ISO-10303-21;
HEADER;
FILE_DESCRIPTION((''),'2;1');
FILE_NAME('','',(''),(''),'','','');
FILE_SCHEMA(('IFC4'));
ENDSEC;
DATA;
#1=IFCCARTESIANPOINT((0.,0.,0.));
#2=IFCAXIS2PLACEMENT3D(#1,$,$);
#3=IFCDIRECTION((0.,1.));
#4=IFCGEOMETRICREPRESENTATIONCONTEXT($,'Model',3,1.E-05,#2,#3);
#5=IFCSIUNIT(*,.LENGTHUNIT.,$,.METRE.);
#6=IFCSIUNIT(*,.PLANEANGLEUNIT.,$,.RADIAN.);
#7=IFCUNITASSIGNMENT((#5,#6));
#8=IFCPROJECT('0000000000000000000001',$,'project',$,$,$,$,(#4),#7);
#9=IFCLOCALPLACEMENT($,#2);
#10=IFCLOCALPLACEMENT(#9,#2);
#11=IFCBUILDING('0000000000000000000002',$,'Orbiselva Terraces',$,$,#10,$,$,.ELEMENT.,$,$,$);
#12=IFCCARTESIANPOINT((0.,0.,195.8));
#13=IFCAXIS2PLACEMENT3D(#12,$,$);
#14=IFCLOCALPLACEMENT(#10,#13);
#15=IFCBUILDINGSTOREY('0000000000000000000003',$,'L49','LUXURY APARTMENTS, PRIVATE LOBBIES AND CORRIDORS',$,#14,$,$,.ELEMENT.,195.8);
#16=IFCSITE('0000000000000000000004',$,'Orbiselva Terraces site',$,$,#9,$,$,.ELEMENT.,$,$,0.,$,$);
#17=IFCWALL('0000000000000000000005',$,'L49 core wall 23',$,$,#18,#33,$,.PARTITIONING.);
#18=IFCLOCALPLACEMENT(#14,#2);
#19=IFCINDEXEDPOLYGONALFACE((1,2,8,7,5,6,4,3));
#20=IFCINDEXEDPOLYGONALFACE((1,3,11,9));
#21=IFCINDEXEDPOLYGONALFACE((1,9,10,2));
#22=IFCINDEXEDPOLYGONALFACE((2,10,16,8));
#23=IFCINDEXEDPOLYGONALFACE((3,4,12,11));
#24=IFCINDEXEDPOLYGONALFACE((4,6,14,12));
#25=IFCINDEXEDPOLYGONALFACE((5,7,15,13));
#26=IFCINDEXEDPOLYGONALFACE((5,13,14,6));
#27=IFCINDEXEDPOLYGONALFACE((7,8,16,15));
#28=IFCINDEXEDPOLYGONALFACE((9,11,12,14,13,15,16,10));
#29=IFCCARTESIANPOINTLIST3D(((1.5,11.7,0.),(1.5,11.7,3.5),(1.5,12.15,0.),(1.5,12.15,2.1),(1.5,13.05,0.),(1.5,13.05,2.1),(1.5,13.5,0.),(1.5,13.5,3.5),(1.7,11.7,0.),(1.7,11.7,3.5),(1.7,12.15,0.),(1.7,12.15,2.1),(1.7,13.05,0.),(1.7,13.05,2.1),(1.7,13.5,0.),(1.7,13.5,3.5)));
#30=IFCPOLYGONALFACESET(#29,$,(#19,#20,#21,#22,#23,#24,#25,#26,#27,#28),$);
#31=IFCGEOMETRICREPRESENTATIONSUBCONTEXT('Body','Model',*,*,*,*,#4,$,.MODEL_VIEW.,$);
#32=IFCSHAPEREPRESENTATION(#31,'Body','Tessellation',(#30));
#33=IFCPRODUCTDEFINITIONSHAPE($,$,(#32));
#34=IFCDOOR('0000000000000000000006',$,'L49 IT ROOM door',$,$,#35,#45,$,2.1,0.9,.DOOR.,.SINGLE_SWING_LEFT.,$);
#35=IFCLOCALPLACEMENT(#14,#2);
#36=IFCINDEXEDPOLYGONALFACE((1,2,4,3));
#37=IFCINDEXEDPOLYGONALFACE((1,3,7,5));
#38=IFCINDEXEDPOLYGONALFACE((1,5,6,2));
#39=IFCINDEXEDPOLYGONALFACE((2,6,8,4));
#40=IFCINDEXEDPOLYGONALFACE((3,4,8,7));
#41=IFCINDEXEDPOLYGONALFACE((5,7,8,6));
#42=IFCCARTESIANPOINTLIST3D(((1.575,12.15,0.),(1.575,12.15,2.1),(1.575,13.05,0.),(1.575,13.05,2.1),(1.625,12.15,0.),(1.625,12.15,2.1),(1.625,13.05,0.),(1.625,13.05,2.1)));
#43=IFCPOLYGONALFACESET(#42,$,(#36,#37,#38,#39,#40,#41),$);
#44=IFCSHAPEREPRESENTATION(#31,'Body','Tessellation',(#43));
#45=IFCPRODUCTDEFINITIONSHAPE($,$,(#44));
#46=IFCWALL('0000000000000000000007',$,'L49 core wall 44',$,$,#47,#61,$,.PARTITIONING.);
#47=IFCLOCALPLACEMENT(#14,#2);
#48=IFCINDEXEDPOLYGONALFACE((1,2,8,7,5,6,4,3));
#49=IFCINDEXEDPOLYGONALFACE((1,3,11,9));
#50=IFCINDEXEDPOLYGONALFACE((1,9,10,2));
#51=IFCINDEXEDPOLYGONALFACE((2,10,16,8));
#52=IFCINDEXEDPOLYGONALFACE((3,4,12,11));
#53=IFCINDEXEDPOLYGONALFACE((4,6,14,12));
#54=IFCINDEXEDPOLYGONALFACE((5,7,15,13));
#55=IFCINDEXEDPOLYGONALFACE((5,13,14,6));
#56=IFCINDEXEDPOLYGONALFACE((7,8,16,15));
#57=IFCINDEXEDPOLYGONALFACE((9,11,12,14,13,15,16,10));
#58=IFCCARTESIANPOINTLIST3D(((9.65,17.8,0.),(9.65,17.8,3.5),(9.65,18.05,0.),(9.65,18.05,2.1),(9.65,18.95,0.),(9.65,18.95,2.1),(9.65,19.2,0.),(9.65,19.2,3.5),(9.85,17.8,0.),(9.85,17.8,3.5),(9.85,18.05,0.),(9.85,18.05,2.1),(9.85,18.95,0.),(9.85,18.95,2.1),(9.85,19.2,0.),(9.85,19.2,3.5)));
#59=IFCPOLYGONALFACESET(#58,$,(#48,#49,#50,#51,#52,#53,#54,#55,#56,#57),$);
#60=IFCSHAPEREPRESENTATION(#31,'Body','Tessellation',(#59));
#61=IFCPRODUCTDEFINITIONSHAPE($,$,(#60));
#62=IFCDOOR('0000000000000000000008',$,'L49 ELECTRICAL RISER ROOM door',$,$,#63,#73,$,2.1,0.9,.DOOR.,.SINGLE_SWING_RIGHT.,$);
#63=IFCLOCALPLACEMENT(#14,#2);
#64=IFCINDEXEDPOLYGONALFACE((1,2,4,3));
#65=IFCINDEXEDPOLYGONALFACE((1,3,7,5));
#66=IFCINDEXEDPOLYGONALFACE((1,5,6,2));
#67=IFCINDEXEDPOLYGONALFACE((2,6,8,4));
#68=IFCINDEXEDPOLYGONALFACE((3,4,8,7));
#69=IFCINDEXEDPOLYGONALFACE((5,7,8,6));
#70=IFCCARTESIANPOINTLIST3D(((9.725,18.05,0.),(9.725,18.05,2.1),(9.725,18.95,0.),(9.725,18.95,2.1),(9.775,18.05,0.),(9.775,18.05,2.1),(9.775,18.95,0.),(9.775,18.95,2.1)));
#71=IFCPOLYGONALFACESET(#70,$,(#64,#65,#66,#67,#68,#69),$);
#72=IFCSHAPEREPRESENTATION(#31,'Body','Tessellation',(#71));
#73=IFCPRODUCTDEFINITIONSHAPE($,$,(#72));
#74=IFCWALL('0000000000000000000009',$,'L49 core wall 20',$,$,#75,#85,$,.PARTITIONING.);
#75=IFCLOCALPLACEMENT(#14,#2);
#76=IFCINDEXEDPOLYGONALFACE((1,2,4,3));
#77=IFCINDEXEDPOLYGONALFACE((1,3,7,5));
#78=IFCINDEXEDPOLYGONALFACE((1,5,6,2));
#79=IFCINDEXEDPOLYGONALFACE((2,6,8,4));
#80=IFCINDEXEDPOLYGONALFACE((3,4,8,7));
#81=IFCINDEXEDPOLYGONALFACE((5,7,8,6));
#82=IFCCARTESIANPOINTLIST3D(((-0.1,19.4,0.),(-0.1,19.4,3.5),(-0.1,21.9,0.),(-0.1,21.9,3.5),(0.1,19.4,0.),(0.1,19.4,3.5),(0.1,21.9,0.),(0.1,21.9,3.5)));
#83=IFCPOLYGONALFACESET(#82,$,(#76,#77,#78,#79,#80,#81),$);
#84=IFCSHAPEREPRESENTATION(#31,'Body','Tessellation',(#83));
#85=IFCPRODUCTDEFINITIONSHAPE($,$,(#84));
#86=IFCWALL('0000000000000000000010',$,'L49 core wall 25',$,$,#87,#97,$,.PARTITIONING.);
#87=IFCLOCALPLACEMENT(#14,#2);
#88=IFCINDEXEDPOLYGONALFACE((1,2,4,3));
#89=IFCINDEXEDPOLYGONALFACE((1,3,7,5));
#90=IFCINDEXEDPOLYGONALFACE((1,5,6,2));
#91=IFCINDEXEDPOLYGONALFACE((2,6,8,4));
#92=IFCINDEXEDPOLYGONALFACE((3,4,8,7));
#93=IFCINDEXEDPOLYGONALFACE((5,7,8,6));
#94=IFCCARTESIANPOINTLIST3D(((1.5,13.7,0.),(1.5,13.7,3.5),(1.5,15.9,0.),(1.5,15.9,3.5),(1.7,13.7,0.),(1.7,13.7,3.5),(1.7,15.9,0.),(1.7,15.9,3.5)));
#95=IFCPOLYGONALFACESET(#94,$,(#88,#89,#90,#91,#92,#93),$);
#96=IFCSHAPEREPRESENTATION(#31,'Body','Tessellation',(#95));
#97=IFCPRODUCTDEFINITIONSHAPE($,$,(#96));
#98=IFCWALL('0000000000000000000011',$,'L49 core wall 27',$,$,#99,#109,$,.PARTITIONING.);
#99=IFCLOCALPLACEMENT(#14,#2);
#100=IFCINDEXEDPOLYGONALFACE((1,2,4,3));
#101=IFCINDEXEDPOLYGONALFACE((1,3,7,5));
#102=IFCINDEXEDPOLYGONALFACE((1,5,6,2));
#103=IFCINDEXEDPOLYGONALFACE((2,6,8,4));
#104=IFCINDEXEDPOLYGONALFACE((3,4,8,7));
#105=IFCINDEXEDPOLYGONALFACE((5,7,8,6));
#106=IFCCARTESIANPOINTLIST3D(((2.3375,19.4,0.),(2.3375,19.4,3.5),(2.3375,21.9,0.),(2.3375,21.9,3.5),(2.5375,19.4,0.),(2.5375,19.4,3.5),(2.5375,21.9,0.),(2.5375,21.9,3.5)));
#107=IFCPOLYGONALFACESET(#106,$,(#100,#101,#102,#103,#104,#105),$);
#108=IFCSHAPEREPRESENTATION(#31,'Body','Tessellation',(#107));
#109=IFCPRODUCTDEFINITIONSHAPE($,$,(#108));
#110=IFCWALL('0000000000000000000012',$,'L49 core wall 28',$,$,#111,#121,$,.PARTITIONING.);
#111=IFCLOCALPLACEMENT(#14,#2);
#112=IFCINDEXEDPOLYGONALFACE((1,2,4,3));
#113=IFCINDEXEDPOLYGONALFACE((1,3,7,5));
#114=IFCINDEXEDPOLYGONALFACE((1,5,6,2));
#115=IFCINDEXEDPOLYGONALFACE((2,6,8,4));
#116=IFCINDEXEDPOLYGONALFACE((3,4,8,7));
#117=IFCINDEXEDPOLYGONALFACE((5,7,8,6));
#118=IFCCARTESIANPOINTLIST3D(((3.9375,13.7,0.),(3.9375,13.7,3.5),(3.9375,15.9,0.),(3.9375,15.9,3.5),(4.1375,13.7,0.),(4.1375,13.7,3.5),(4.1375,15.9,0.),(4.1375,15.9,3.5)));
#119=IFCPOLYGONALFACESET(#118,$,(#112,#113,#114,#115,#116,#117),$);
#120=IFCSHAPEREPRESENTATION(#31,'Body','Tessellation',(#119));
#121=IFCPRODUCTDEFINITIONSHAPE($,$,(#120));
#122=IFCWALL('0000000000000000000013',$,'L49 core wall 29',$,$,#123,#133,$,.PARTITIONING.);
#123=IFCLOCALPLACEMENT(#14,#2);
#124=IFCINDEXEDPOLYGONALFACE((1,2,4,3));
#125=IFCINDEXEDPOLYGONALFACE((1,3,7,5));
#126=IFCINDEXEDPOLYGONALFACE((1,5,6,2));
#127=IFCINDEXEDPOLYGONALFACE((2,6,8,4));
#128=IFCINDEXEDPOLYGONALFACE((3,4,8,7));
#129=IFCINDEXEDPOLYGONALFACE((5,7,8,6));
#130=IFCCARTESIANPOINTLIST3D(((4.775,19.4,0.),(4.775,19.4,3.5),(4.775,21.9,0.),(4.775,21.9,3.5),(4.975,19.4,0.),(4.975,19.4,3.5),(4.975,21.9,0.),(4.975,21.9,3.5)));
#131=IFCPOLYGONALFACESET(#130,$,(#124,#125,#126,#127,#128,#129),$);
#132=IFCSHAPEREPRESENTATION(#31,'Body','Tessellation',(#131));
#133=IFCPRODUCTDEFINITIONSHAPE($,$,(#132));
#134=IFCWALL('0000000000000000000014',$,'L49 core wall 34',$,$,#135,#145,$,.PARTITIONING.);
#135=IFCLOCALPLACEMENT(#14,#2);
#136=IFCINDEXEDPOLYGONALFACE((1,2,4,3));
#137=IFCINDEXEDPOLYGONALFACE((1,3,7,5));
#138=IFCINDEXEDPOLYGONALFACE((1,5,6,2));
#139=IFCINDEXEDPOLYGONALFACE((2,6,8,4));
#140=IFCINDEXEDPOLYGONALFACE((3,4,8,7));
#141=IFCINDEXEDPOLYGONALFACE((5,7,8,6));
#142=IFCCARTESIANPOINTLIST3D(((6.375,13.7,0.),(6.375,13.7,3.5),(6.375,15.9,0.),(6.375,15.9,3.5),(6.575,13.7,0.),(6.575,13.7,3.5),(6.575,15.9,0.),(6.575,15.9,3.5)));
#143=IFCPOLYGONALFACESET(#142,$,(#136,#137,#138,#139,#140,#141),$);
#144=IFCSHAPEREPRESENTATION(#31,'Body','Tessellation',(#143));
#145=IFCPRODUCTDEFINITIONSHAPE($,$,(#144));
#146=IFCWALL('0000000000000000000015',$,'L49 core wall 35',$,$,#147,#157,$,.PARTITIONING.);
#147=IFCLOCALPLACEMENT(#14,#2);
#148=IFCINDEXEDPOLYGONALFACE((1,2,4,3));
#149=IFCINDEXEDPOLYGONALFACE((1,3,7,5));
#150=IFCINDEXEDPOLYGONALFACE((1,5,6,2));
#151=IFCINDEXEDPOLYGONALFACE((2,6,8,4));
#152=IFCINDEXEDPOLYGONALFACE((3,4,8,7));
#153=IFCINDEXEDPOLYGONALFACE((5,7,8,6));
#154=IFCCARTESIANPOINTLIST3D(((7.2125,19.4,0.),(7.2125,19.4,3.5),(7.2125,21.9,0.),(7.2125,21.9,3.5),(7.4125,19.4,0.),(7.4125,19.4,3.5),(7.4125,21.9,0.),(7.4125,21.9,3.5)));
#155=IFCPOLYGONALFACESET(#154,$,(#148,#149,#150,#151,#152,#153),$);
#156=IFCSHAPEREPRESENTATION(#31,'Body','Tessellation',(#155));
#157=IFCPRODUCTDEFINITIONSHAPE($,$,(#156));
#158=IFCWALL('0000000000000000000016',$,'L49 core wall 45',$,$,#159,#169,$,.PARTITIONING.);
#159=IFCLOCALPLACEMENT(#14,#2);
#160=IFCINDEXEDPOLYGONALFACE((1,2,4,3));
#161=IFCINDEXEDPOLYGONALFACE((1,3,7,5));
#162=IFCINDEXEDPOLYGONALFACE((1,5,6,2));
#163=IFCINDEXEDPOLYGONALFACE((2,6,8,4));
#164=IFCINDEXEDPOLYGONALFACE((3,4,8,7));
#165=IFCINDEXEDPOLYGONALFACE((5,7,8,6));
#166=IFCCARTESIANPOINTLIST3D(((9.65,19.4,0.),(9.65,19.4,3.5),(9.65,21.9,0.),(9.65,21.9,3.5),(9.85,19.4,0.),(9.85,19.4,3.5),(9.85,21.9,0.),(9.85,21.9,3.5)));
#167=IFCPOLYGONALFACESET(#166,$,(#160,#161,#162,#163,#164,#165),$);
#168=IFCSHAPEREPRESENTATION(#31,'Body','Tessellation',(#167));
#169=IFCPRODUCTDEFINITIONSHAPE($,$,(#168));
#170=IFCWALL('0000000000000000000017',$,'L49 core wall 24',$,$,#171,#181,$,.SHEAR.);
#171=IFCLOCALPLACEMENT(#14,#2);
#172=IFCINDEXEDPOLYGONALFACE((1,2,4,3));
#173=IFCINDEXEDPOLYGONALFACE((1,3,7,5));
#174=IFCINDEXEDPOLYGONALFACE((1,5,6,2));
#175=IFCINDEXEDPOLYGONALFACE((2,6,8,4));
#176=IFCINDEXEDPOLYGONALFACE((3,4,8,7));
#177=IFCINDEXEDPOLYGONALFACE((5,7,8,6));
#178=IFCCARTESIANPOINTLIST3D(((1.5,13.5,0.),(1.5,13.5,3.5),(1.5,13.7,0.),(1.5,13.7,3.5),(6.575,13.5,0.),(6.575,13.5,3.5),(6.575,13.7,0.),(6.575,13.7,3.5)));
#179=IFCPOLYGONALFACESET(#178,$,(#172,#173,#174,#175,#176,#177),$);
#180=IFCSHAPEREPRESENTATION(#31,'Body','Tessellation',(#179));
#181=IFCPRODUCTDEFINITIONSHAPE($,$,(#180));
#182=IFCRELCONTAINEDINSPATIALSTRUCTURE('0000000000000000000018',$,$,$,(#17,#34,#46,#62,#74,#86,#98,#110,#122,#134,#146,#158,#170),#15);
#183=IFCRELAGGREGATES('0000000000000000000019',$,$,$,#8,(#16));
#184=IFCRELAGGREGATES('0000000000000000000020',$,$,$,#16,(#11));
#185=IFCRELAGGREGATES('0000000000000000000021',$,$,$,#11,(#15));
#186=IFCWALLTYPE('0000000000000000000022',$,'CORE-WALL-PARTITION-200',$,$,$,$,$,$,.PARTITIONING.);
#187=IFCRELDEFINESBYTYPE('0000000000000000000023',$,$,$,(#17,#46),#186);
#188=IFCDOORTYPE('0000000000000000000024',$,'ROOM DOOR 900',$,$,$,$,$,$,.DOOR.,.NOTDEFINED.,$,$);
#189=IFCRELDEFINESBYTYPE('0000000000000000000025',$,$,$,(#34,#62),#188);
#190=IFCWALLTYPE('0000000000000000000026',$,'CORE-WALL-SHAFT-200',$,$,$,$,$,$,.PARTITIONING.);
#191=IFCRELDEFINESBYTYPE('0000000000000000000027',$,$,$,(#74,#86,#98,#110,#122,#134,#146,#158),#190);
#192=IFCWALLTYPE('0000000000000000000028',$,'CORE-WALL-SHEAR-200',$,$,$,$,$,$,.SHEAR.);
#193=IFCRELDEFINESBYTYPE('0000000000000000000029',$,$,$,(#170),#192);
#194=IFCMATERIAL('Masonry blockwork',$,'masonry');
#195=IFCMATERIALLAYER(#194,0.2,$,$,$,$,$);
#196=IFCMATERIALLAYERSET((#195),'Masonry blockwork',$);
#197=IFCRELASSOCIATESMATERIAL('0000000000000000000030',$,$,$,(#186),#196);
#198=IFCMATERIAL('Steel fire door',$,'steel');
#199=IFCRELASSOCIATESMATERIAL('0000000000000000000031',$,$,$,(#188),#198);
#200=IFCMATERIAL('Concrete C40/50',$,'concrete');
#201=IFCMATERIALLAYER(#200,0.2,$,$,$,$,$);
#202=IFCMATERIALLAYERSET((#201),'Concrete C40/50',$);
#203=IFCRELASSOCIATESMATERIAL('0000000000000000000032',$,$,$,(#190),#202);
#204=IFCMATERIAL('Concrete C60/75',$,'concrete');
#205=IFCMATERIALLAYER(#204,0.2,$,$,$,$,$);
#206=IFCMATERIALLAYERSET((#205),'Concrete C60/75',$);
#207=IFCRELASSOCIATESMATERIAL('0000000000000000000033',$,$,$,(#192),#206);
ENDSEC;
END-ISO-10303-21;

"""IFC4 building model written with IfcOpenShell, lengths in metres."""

from ifc_helpers import new_model, si_unit, direction, frame, frame_2d, origin, place, context, subcontext, project, spatial, rectangle, extrude, material, layer, layer_set, type_object, element, fill, save


model = new_model("IFC4")

# Units and contexts
model_context = context("Model", 3, precision=1e-05, world=origin(), true_north=direction((0.0, 1.0)))
body_context = subcontext(model_context, "Body", "Model", "MODEL_VIEW")
ifc_project = project(units=[si_unit("LENGTHUNIT", "METRE"), si_unit("PLANEANGLEUNIT", "RADIAN")], contexts=[model_context])

# Site, building, storey
site_placement = place(None, origin())
site = spatial("IfcSite", under=ifc_project, at=site_placement, Name="Orbiselva Terraces site", CompositionType="ELEMENT", RefElevation=0.0)
building_placement = place(site_placement, origin())
building = spatial("IfcBuilding", under=site, at=building_placement, Name="Orbiselva Terraces", CompositionType="ELEMENT")
storey_placement = place(building_placement, frame((0.0, 0.0, 195.8)))
storey = spatial("IfcBuildingStorey", under=building, at=storey_placement, Name="L49", Description="LUXURY APARTMENTS, PRIVATE LOBBIES AND CORRIDORS", CompositionType="ELEMENT", Elevation=195.8)

# Walls, openings, doors
ifc_material_1 = material(Name="Masonry blockwork", Category="masonry")
ifc_layer_1 = layer(ifc_material_1, 0.2)
ifc_layer_set_1 = layer_set([ifc_layer_1], Name="Masonry blockwork")
wall_type_1 = type_object("IfcWallType", Name="CORE-WALL-PARTITION-200", PredefinedType="PARTITIONING", material=ifc_layer_set_1)
wall_1_placement = place(storey_placement, frame((1.6, 13.5, 0.0), z_axis=(0.0, 0.0, 1.0), x_axis=(0.0, -1.0, 0.0)))
wall_1 = element("IfcWall", 1, at=wall_1_placement, inside=storey, type_object=wall_type_1, Name="L49 core wall 23", PredefinedType="PARTITIONING", context=body_context, shape_type="SweptSolid", body=[
    extrude(rectangle(XDim=1.8, YDim=0.2, at=frame_2d((0.9, 0.0))), origin(), (0.0, 0.0, 1.0), 3.5),
])
opening_1_placement = place(wall_1_placement, frame((0.45, 0.0, 0.0)))
opening_1 = element("IfcOpeningElement", 2, at=opening_1_placement, cuts=wall_1, PredefinedType="OPENING", context=body_context, shape_type="SweptSolid", body=[
    extrude(rectangle(XDim=0.9, YDim=2.1, at=frame_2d((0.45, 1.05))), frame((0.0, 0.11, 0.0), z_axis=(0.0, -1.0, 0.0), x_axis=(1.0, 0.0, 0.0)), (0.0, 0.0, 1.0), 0.22),
])
ifc_material_2 = material(Name="Steel fire door", Category="steel")
door_type_1 = type_object("IfcDoorType", Name="ROOM DOOR 900", OperationType="NOTDEFINED", PredefinedType="DOOR", material=ifc_material_2)
door_1_placement = place(opening_1_placement, origin())
door_1 = element("IfcDoor", 3, at=door_1_placement, inside=storey, type_object=door_type_1, Name="L49 IT ROOM door", OperationType="SINGLE_SWING_LEFT", OverallHeight=2.1, OverallWidth=0.9, PredefinedType="DOOR", context=body_context, shape_type="SweptSolid", body=[
    extrude(rectangle(XDim=0.9, YDim=2.1, at=frame_2d((0.45, 1.05))), frame((0.0, 0.025, 0.0), z_axis=(0.0, -1.0, 0.0), x_axis=(1.0, 0.0, 0.0)), (0.0, 0.0, 1.0), 0.05),
])
fill(opening_1, door_1)
wall_2_placement = place(storey_placement, frame((9.75, 19.2, 0.0), z_axis=(0.0, 0.0, 1.0), x_axis=(0.0, -1.0, 0.0)))
wall_2 = element("IfcWall", 4, at=wall_2_placement, inside=storey, type_object=wall_type_1, Name="L49 core wall 44", PredefinedType="PARTITIONING", context=body_context, shape_type="SweptSolid", body=[
    extrude(rectangle(XDim=1.4, YDim=0.2, at=frame_2d((0.7, 0.0))), origin(), (0.0, 0.0, 1.0), 3.5),
])
opening_2_placement = place(wall_2_placement, frame((0.25, 0.0, 0.0)))
opening_2 = element("IfcOpeningElement", 5, at=opening_2_placement, cuts=wall_2, PredefinedType="OPENING", context=body_context, shape_type="SweptSolid", body=[
    extrude(rectangle(XDim=0.9, YDim=2.1, at=frame_2d((0.45, 1.05))), frame((0.0, 0.11, 0.0), z_axis=(0.0, -1.0, 0.0), x_axis=(1.0, 0.0, 0.0)), (0.0, 0.0, 1.0), 0.22),
])
door_2_placement = place(opening_2_placement, origin())
door_2 = element("IfcDoor", 6, at=door_2_placement, inside=storey, type_object=door_type_1, Name="L49 ELECTRICAL RISER ROOM door", OperationType="SINGLE_SWING_RIGHT", OverallHeight=2.1, OverallWidth=0.9, PredefinedType="DOOR", context=body_context, shape_type="SweptSolid", body=[
    extrude(rectangle(XDim=0.9, YDim=2.1, at=frame_2d((0.45, 1.05))), frame((0.0, 0.025, 0.0), z_axis=(0.0, -1.0, 0.0), x_axis=(1.0, 0.0, 0.0)), (0.0, 0.0, 1.0), 0.05),
])
fill(opening_2, door_2)

# Walls
ifc_material_3 = material(Name="Concrete C40/50", Category="concrete")
ifc_layer_2 = layer(ifc_material_3, 0.2)
ifc_layer_set_2 = layer_set([ifc_layer_2], Name="Concrete C40/50")
wall_type_2 = type_object("IfcWallType", Name="CORE-WALL-SHAFT-200", PredefinedType="PARTITIONING", material=ifc_layer_set_2)
wall_3_placement = place(storey_placement, frame((0.0, 19.4, 0.0), z_axis=(0.0, 0.0, 1.0), x_axis=(0.0, 1.0, 0.0)))
element("IfcWall", 7, at=wall_3_placement, inside=storey, type_object=wall_type_2, Name="L49 core wall 20", PredefinedType="PARTITIONING", context=body_context, shape_type="SweptSolid", body=[
    extrude(rectangle(XDim=2.5, YDim=0.2, at=frame_2d((1.25, 0.0))), origin(), (0.0, 0.0, 1.0), 3.5),
])
wall_4_placement = place(storey_placement, frame((1.6, 13.7, 0.0), z_axis=(0.0, 0.0, 1.0), x_axis=(0.0, 1.0, 0.0)))
element("IfcWall", 8, at=wall_4_placement, inside=storey, type_object=wall_type_2, Name="L49 core wall 25", PredefinedType="PARTITIONING", context=body_context, shape_type="SweptSolid", body=[
    extrude(rectangle(XDim=2.2, YDim=0.2, at=frame_2d((1.1, 0.0))), origin(), (0.0, 0.0, 1.0), 3.5),
])
wall_5_placement = place(storey_placement, frame((2.4375, 19.4, 0.0), z_axis=(0.0, 0.0, 1.0), x_axis=(0.0, 1.0, 0.0)))
element("IfcWall", 9, at=wall_5_placement, inside=storey, type_object=wall_type_2, Name="L49 core wall 27", PredefinedType="PARTITIONING", context=body_context, shape_type="SweptSolid", body=[
    extrude(rectangle(XDim=2.5, YDim=0.2, at=frame_2d((1.25, 0.0))), origin(), (0.0, 0.0, 1.0), 3.5),
])
wall_6_placement = place(storey_placement, frame((4.0375, 13.7, 0.0), z_axis=(0.0, 0.0, 1.0), x_axis=(0.0, 1.0, 0.0)))
element("IfcWall", 10, at=wall_6_placement, inside=storey, type_object=wall_type_2, Name="L49 core wall 28", PredefinedType="PARTITIONING", context=body_context, shape_type="SweptSolid", body=[
    extrude(rectangle(XDim=2.2, YDim=0.2, at=frame_2d((1.1, 0.0))), origin(), (0.0, 0.0, 1.0), 3.5),
])
wall_7_placement = place(storey_placement, frame((4.875, 19.4, 0.0), z_axis=(0.0, 0.0, 1.0), x_axis=(0.0, 1.0, 0.0)))
element("IfcWall", 11, at=wall_7_placement, inside=storey, type_object=wall_type_2, Name="L49 core wall 29", PredefinedType="PARTITIONING", context=body_context, shape_type="SweptSolid", body=[
    extrude(rectangle(XDim=2.5, YDim=0.2, at=frame_2d((1.25, 0.0))), origin(), (0.0, 0.0, 1.0), 3.5),
])
wall_8_placement = place(storey_placement, frame((6.475, 13.7, 0.0), z_axis=(0.0, 0.0, 1.0), x_axis=(0.0, 1.0, 0.0)))
element("IfcWall", 12, at=wall_8_placement, inside=storey, type_object=wall_type_2, Name="L49 core wall 34", PredefinedType="PARTITIONING", context=body_context, shape_type="SweptSolid", body=[
    extrude(rectangle(XDim=2.2, YDim=0.2, at=frame_2d((1.1, 0.0))), origin(), (0.0, 0.0, 1.0), 3.5),
])
for number, where, z_axis, x_axis, name in (
    (13, (7.3125, 19.4, 0.0), (0.0, 0.0, 1.0), (0.0, 1.0, 0.0), "L49 core wall 35"),
    (14, (9.75, 19.4, 0.0), (0.0, 0.0, 1.0), (0.0, 1.0, 0.0), "L49 core wall 45"),
):
    element("IfcWall", number, at=place(storey_placement, frame(where, z_axis=z_axis, x_axis=x_axis)), inside=storey, type_object=wall_type_2, Name=name, PredefinedType="PARTITIONING", context=body_context, shape_type="SweptSolid", body=[
        extrude(rectangle(XDim=2.5, YDim=0.2, at=frame_2d((1.25, 0.0))), origin(), (0.0, 0.0, 1.0), 3.5),
    ])
ifc_material_4 = material(Name="Concrete C60/75", Category="concrete")
ifc_layer_3 = layer(ifc_material_4, 0.2)
ifc_layer_set_3 = layer_set([ifc_layer_3], Name="Concrete C60/75")
wall_type_3 = type_object("IfcWallType", Name="CORE-WALL-SHEAR-200", PredefinedType="SHEAR", material=ifc_layer_set_3)
wall_9_placement = place(storey_placement, frame((1.5, 13.6, 0.0), z_axis=(0.0, 0.0, 1.0), x_axis=(1.0, 0.0, 0.0)))
element("IfcWall", 15, at=wall_9_placement, inside=storey, type_object=wall_type_3, Name="L49 core wall 24", PredefinedType="SHEAR", context=body_context, shape_type="SweptSolid", body=[
    extrude(rectangle(XDim=5.075, YDim=0.2, at=frame_2d((2.5375, 0.0))), origin(), (0.0, 0.0, 1.0), 3.5),
])

save(model, "model.ifc")
